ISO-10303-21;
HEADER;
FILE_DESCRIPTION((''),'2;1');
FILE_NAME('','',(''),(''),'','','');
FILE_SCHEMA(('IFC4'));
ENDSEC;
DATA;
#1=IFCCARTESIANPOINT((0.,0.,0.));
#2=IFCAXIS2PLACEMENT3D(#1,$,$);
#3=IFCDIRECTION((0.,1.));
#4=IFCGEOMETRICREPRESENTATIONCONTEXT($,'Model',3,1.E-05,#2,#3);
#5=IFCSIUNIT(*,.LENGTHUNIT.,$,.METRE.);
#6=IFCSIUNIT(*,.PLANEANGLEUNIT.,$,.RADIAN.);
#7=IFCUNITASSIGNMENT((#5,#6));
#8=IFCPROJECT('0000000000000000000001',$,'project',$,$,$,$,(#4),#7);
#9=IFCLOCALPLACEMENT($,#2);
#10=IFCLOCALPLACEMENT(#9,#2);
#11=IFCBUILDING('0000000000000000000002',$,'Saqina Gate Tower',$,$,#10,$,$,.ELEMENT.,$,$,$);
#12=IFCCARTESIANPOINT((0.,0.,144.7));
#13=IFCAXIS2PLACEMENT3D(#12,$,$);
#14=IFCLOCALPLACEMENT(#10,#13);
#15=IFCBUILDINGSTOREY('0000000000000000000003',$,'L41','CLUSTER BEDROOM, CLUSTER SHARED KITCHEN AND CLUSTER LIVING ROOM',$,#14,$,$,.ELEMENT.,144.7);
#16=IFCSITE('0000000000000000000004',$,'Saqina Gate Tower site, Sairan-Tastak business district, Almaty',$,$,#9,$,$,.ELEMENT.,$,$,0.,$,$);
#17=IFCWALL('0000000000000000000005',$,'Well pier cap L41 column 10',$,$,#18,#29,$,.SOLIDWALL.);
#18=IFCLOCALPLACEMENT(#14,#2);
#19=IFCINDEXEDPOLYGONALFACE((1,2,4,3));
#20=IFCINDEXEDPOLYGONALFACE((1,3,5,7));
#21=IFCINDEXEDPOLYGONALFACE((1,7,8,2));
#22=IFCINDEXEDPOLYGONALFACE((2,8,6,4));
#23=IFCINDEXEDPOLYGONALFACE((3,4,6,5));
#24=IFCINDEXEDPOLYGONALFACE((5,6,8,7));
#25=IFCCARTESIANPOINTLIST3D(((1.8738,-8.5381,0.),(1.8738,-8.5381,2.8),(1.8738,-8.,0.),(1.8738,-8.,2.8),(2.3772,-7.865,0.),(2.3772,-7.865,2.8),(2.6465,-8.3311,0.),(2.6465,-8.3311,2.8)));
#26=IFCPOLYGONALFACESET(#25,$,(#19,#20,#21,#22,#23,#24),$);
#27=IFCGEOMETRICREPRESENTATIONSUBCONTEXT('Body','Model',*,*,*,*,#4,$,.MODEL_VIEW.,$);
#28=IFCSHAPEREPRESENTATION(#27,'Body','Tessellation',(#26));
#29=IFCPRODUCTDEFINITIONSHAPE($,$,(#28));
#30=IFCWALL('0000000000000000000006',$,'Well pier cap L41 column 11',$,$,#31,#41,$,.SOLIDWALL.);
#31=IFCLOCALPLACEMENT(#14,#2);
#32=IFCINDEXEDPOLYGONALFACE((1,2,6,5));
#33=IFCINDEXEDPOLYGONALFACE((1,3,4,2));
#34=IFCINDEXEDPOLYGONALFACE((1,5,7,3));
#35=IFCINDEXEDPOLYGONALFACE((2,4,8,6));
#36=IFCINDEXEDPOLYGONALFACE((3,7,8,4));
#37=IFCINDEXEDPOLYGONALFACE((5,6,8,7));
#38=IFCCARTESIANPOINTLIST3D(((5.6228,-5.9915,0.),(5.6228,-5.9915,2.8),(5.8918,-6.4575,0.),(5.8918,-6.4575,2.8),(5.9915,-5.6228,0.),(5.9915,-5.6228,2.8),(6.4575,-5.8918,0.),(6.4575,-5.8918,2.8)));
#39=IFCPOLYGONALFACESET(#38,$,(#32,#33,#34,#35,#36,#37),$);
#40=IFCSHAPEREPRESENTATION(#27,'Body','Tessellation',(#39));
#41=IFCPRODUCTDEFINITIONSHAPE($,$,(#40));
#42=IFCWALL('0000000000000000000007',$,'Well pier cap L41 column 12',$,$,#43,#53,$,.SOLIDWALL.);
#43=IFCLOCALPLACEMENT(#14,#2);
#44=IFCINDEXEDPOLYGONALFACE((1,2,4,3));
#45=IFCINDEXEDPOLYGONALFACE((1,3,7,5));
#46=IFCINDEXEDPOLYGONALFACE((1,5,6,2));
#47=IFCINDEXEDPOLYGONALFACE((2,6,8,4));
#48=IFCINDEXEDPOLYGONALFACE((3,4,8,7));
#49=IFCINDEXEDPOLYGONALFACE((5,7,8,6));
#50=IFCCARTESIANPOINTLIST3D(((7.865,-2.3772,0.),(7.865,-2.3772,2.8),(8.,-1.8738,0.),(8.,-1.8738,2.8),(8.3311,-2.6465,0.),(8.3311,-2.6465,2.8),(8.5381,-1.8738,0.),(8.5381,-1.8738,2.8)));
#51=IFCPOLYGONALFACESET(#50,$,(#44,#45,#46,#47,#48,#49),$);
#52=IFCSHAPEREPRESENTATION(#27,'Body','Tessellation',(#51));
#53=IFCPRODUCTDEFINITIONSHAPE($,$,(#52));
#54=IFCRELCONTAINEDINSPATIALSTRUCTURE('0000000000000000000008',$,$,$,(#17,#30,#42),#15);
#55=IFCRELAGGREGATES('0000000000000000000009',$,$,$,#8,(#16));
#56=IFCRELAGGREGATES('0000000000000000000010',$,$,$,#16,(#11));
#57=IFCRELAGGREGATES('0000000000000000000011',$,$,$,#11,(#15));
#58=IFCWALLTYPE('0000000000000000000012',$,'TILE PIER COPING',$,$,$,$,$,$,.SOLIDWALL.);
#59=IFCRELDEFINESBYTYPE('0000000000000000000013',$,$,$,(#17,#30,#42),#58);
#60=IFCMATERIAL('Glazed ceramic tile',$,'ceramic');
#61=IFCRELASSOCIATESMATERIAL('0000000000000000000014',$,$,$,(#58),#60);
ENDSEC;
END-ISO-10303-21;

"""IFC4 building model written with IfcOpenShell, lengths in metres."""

from ifc_helpers import new_model, si_unit, direction, frame, origin, place, context, subcontext, project, spatial, polyline, outline, extrude, material, type_object, element, save


model = new_model("IFC4")

# Units and contexts
model_context = context("Model", 3, precision=1e-05, world=origin(), true_north=direction((0.0, 1.0)))
body_context = subcontext(model_context, "Body", "Model", "MODEL_VIEW")
ifc_project = project(units=[si_unit("LENGTHUNIT", "METRE"), si_unit("PLANEANGLEUNIT", "RADIAN")], contexts=[model_context])

# Site, building, storey
site_placement = place(None, origin())
site = spatial("IfcSite", under=ifc_project, at=site_placement, Name="Saqina Gate Tower site, Sairan-Tastak business district, Almaty", CompositionType="ELEMENT", RefElevation=0.0)
building_placement = place(site_placement, origin())
building = spatial("IfcBuilding", under=site, at=building_placement, Name="Saqina Gate Tower", CompositionType="ELEMENT")
storey_placement = place(building_placement, frame((0.0, 0.0, 144.7)))
storey = spatial("IfcBuildingStorey", under=building, at=storey_placement, Name="L41", Description="CLUSTER BEDROOM, CLUSTER SHARED KITCHEN AND CLUSTER LIVING ROOM", CompositionType="ELEMENT", Elevation=144.7)

# Walls
ifc_material_1 = material(Name="Glazed ceramic tile", Category="ceramic")
wall_type_1 = type_object("IfcWallType", Name="TILE PIER COPING", PredefinedType="SOLIDWALL", material=ifc_material_1)
wall_1_placement = place(storey_placement, origin())
element("IfcWall", 1, at=wall_1_placement, inside=storey, type_object=wall_type_1, Name="Well pier cap L41 column 10", PredefinedType="SOLIDWALL", context=body_context, shape_type="SweptSolid", body=[
    extrude(outline(polyline([(2.6465, -8.3311), (2.3772, -7.865), (1.8738, -8.0), (1.8738, -8.5381), (2.6465, -8.3311)])), origin(), (0.0, 0.0, 1.0), 2.8),
])
wall_2_placement = place(storey_placement, origin())
element("IfcWall", 2, at=wall_2_placement, inside=storey, type_object=wall_type_1, Name="Well pier cap L41 column 11", PredefinedType="SOLIDWALL", context=body_context, shape_type="SweptSolid", body=[
    extrude(outline(polyline([(5.8918, -6.4575), (6.4575, -5.8918), (5.9915, -5.6228), (5.6228, -5.9915), (5.8918, -6.4575)])), origin(), (0.0, 0.0, 1.0), 2.8),
])
wall_3_placement = place(storey_placement, origin())
element("IfcWall", 3, at=wall_3_placement, inside=storey, type_object=wall_type_1, Name="Well pier cap L41 column 12", PredefinedType="SOLIDWALL", context=body_context, shape_type="SweptSolid", body=[
    extrude(outline(polyline([(8.5381, -1.8738), (8.0, -1.8738), (7.865, -2.3772), (8.3311, -2.6465), (8.5381, -1.8738)])), origin(), (0.0, 0.0, 1.0), 2.8),
])

save(model, "model.ifc")
